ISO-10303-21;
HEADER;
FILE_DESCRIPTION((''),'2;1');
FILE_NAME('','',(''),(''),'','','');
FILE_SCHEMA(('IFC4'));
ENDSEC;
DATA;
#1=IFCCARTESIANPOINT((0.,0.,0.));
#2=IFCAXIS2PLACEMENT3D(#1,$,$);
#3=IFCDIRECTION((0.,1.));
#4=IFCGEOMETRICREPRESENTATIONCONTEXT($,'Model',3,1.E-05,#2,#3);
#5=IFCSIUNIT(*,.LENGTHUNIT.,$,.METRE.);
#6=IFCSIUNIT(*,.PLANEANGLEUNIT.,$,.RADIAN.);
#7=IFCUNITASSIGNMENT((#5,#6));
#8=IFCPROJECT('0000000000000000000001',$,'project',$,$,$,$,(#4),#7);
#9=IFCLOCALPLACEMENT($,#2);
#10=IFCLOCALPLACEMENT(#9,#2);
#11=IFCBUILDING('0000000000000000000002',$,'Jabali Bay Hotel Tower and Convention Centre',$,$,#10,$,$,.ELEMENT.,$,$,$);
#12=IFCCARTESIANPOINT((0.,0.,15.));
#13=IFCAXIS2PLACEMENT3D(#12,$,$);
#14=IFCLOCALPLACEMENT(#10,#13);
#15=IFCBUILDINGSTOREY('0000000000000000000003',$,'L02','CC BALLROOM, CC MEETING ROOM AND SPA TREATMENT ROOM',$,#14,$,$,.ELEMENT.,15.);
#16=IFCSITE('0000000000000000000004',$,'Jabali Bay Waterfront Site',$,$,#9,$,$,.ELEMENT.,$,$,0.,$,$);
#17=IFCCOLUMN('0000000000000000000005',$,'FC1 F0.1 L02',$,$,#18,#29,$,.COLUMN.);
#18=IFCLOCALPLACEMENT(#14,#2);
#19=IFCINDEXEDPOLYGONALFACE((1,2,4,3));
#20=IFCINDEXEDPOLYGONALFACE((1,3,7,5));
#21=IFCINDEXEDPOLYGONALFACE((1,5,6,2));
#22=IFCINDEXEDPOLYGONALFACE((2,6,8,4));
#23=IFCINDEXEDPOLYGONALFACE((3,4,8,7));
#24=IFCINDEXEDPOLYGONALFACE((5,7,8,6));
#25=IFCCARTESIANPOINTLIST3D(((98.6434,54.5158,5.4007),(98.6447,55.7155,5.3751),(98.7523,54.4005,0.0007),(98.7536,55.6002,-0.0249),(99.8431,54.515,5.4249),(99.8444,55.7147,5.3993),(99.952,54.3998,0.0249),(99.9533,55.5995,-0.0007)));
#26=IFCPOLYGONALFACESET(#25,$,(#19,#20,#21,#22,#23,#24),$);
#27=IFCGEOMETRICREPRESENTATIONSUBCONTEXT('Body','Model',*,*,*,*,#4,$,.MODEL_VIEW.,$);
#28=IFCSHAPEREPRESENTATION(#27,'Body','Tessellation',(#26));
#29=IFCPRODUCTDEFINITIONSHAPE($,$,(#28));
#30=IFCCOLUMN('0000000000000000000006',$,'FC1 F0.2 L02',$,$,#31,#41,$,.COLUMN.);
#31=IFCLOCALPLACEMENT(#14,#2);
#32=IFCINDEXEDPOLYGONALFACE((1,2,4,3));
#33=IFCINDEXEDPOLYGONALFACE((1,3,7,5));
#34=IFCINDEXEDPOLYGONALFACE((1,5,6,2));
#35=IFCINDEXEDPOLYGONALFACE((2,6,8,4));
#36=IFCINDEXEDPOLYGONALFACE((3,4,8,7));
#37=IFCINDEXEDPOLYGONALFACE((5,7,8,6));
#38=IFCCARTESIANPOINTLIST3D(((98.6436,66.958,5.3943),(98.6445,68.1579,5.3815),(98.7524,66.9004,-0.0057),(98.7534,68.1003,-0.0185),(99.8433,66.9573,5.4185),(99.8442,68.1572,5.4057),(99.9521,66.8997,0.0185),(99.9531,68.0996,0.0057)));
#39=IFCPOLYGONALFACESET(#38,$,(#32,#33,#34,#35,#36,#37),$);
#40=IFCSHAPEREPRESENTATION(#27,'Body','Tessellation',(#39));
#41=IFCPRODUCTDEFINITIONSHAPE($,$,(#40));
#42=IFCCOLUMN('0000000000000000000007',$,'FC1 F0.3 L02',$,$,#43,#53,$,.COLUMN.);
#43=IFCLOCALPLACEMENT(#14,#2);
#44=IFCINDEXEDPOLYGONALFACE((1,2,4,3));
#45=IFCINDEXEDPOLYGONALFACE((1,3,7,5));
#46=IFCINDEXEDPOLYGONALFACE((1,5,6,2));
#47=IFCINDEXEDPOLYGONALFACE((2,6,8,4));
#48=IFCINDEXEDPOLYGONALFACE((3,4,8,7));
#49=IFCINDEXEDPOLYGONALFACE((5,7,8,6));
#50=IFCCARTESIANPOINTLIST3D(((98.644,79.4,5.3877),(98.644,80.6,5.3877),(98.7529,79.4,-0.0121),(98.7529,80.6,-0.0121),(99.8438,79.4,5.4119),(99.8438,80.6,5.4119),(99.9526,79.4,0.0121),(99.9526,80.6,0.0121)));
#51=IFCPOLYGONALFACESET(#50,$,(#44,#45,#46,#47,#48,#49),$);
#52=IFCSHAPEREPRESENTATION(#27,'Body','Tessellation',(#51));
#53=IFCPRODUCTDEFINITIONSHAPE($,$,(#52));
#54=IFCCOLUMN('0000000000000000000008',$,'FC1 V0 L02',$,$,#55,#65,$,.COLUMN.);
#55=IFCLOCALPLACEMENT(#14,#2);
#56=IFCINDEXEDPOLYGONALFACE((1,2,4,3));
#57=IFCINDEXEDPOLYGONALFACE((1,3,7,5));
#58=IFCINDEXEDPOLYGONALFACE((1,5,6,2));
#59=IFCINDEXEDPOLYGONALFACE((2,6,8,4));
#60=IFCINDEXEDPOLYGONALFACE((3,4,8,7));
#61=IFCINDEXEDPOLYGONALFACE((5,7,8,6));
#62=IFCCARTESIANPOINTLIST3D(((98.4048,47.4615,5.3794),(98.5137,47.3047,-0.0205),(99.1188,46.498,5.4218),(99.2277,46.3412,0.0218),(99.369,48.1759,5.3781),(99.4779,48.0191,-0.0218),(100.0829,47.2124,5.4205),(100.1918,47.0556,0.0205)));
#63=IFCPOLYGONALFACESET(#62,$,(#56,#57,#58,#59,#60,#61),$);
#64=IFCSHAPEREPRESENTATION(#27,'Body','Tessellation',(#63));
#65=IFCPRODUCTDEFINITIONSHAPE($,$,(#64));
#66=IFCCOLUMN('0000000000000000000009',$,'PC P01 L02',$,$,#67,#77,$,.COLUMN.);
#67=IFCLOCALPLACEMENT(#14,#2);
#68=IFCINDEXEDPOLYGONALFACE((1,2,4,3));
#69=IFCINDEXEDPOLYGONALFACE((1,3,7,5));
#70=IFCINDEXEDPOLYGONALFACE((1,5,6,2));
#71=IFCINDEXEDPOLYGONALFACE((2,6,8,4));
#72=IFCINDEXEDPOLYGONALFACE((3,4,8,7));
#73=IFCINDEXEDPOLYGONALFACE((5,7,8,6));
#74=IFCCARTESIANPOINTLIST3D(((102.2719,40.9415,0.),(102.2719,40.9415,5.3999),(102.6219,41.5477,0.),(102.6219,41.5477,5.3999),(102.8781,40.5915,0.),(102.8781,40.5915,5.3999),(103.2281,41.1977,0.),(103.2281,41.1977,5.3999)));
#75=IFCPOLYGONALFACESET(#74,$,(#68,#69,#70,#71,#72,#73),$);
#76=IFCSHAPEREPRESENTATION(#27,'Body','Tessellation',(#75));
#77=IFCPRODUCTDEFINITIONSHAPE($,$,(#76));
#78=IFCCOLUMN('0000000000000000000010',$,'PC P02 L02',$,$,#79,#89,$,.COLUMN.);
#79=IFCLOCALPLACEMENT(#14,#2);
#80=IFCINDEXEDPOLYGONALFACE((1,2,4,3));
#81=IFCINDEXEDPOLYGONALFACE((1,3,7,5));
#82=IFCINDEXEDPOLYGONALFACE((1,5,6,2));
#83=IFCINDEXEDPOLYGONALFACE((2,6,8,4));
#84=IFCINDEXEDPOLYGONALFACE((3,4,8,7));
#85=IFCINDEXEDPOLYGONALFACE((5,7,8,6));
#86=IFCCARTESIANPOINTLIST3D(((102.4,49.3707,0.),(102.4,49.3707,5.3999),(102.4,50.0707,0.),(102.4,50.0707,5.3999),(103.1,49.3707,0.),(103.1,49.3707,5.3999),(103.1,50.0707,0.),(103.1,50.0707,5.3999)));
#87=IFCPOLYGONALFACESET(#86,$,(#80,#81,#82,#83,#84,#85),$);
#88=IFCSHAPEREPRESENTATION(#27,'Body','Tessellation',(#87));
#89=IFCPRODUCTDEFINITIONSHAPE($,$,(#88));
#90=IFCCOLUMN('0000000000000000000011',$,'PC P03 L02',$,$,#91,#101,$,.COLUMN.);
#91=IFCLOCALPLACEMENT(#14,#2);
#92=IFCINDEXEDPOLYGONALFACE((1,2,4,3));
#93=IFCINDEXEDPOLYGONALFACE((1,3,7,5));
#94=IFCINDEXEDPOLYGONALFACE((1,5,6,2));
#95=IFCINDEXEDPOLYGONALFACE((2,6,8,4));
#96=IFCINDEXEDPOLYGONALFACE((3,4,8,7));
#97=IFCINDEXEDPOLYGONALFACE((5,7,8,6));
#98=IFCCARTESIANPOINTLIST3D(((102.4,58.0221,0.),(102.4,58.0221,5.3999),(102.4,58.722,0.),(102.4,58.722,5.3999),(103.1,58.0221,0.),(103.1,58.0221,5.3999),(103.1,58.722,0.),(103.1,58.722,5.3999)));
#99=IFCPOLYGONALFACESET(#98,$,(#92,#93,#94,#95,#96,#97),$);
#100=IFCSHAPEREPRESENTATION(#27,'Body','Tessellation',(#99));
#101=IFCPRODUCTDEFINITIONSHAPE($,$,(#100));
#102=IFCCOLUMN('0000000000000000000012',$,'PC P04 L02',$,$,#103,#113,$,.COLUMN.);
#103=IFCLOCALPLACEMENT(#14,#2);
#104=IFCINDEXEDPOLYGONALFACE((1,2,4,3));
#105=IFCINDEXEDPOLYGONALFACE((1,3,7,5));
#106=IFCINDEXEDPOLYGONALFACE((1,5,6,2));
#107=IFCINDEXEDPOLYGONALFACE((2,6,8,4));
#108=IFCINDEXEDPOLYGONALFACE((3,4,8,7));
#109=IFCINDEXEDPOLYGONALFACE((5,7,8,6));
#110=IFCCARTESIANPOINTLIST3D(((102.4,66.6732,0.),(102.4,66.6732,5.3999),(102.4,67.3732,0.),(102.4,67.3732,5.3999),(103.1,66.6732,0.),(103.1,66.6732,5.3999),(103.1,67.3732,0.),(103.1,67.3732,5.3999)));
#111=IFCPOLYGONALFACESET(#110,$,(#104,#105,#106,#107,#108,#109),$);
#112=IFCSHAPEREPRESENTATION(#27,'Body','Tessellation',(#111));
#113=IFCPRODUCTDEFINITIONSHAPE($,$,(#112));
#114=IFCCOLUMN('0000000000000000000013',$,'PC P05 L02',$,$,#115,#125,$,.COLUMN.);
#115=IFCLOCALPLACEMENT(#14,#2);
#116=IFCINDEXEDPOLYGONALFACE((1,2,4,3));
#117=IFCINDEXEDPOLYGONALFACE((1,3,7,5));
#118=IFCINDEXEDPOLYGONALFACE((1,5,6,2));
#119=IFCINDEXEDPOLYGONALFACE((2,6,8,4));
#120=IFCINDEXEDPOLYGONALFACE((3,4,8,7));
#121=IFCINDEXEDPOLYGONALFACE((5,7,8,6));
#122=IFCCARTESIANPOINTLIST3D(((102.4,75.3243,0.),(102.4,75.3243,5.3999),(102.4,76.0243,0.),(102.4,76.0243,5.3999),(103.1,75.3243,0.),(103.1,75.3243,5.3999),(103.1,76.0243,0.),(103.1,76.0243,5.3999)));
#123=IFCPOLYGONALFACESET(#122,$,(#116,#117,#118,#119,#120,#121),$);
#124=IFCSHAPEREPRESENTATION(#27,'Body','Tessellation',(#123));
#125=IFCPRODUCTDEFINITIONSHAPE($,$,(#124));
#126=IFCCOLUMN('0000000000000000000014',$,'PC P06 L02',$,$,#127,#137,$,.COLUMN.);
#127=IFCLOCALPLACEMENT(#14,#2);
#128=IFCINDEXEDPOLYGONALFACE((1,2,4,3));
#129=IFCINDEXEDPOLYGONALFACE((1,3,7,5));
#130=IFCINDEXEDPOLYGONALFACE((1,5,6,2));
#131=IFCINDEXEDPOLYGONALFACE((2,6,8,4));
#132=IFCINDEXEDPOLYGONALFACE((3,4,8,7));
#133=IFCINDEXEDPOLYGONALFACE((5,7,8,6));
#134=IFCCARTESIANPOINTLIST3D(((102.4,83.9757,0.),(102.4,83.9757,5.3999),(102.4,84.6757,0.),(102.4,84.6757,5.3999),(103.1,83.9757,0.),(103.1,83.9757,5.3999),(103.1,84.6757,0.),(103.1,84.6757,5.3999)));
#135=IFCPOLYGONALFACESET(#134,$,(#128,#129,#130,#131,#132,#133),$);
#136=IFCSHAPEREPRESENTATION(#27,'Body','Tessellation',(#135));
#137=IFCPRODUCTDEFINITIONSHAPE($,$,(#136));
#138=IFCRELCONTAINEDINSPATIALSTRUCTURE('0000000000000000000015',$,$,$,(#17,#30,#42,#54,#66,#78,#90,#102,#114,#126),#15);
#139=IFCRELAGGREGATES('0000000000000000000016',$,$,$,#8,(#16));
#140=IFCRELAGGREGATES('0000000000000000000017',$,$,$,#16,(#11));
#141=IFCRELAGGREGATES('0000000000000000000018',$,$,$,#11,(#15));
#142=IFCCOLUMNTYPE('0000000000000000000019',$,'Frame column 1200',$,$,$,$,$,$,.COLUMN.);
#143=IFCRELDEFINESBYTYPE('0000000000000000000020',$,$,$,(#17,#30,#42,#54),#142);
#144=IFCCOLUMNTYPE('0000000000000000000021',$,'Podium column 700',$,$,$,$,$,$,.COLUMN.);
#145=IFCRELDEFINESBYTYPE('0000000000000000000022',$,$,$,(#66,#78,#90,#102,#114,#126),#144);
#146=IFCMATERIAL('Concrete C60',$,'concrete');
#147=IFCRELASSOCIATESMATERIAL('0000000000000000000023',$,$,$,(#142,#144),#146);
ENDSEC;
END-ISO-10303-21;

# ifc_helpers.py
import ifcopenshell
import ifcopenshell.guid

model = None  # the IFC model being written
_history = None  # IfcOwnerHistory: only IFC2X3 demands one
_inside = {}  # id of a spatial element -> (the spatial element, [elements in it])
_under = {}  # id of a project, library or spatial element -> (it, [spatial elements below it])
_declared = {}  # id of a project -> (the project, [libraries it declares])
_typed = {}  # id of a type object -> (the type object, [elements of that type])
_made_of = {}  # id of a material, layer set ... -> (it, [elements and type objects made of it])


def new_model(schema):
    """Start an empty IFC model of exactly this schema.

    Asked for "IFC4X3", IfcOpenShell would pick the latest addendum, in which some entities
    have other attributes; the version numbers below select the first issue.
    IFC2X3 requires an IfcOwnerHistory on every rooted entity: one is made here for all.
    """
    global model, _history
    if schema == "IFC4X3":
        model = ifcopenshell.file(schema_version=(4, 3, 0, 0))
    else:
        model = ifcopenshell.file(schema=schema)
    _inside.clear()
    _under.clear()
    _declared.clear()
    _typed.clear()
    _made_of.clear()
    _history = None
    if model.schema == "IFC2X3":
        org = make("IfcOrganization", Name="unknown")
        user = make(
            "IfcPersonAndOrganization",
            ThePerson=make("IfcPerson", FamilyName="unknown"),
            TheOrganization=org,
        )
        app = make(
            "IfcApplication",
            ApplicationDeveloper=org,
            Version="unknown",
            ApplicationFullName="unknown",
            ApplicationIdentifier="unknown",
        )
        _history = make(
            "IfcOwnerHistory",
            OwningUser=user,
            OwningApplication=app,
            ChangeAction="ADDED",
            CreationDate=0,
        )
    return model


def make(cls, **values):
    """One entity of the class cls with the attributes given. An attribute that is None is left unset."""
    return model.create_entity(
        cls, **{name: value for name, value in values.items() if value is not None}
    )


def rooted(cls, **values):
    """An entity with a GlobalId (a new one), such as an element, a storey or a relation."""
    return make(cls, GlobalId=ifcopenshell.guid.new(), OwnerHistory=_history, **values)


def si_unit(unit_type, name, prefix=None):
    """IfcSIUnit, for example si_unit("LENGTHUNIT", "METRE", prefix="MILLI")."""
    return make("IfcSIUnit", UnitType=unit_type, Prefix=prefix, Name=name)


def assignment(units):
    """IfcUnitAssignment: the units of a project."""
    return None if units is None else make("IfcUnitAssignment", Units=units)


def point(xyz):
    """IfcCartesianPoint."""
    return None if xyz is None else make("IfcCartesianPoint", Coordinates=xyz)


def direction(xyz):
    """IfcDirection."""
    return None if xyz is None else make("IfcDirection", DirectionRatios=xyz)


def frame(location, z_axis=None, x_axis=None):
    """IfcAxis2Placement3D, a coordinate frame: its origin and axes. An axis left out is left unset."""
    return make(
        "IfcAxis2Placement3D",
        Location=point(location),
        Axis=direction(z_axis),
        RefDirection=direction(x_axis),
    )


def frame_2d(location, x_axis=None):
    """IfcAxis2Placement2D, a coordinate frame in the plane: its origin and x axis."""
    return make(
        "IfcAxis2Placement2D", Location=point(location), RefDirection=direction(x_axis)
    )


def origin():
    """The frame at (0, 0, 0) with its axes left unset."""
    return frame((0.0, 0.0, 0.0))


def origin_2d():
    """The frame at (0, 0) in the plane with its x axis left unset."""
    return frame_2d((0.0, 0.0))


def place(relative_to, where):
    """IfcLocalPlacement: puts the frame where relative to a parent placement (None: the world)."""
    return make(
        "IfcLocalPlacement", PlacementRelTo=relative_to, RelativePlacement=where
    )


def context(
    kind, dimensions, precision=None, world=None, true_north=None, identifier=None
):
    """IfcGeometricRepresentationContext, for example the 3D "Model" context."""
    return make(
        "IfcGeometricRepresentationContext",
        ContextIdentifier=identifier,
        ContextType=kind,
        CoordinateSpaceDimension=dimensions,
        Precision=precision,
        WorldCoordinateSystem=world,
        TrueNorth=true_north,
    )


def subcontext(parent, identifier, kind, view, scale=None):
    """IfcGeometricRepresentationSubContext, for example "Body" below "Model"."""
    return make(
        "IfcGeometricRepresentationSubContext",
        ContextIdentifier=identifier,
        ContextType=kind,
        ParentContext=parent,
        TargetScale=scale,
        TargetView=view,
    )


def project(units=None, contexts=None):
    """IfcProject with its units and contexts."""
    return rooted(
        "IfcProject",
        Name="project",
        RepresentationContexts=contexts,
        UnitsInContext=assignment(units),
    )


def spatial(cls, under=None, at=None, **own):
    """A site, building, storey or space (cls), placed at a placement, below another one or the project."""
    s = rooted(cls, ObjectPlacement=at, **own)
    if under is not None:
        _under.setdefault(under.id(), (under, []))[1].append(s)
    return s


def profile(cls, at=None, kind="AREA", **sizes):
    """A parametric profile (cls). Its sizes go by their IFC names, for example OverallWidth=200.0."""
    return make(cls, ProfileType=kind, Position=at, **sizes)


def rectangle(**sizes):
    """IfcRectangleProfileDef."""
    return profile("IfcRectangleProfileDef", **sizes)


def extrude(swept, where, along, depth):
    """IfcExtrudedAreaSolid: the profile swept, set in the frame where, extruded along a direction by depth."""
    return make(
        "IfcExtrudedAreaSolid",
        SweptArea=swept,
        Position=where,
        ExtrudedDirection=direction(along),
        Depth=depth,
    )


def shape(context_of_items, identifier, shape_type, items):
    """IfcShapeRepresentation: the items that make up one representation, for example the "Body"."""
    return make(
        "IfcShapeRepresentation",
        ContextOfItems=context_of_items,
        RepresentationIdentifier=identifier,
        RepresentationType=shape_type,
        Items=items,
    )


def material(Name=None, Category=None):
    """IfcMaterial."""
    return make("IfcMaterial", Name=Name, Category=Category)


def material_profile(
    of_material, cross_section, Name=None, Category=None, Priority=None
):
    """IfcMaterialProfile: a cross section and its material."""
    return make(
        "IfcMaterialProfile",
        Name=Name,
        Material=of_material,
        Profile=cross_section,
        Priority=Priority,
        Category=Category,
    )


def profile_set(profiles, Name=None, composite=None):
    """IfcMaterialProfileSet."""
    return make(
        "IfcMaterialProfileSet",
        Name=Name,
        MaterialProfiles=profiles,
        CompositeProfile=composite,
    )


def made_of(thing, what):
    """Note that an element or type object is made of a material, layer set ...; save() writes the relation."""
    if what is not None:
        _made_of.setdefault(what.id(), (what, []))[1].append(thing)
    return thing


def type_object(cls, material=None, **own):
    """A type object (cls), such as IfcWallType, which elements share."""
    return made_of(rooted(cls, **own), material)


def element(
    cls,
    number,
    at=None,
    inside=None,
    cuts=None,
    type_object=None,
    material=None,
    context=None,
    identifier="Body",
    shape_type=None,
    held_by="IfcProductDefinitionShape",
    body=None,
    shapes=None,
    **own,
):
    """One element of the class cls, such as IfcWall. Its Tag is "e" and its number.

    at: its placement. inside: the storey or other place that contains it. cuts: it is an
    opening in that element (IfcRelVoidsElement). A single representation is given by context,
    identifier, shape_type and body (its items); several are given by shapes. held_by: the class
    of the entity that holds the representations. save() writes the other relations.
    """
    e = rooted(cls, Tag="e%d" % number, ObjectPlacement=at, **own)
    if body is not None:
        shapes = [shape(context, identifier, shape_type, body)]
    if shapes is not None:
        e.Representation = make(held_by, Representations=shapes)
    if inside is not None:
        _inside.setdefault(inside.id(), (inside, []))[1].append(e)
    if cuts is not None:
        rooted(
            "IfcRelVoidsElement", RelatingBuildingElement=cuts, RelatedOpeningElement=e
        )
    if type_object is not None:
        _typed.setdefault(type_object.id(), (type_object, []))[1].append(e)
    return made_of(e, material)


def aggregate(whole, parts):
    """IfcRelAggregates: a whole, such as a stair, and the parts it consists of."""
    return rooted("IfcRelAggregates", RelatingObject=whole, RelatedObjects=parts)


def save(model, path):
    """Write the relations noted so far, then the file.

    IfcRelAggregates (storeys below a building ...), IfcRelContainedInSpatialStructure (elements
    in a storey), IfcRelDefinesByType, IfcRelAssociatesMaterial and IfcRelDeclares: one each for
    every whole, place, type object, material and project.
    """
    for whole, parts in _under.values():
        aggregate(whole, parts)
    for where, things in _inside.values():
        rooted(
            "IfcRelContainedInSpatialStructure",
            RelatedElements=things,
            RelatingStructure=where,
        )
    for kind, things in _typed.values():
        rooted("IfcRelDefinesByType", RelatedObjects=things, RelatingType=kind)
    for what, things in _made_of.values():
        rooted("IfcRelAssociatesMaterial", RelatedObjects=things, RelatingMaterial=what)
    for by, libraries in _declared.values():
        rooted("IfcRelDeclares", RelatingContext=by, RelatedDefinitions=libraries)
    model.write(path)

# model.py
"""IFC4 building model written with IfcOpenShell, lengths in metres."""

from ifc_helpers import new_model, si_unit, direction, frame, origin, origin_2d, place, context, subcontext, project, spatial, rectangle, extrude, material, material_profile, profile_set, type_object, element, save


model = new_model("IFC4")

# Units and contexts
model_context = context("Model", 3, precision=1e-05, world=origin(), true_north=direction((0.0, 1.0)))
body_context = subcontext(model_context, "Body", "Model", "MODEL_VIEW")
ifc_project = project(units=[si_unit("LENGTHUNIT", "METRE"), si_unit("PLANEANGLEUNIT", "RADIAN")], contexts=[model_context])

# Site, building, storey
site_placement = place(None, origin())
site = spatial("IfcSite", under=ifc_project, at=site_placement, Name="Jabali Bay Waterfront Site", CompositionType="ELEMENT", RefElevation=0.0)
building_placement = place(site_placement, origin())
building = spatial("IfcBuilding", under=site, at=building_placement, Name="Jabali Bay Hotel Tower and Convention Centre", CompositionType="ELEMENT")
storey_placement = place(building_placement, frame((0.0, 0.0, 15.0)))
storey = spatial("IfcBuildingStorey", under=building, at=storey_placement, Name="L02", Description="CC BALLROOM, CC MEETING ROOM AND SPA TREATMENT ROOM", CompositionType="ELEMENT", Elevation=15.0)

# Columns
ifc_material_1 = material(Name="Concrete C60", Category="concrete")
ifc_material_profile_1 = material_profile(ifc_material_1, rectangle(XDim=1.2, YDim=1.2, at=origin_2d()), Name="Frame column 1200")
ifc_profile_set_1 = profile_set([ifc_material_profile_1], Name="Concrete C60")
column_type_1 = type_object("IfcColumnType", Name="Frame column 1200", PredefinedType="COLUMN", material=ifc_profile_set_1)
column_1_placement = place(storey_placement, frame((99.3528, 55.0, 0.0), z_axis=(-0.020156, 0.021331, 0.999569), x_axis=(-0.001061, -0.999772, 0.021314)))
element("IfcColumn", 1, at=column_1_placement, inside=storey, type_object=column_type_1, Name="FC1 F0.1 L02", PredefinedType="COLUMN", context=body_context, shape_type="SweptSolid", body=[
    extrude(rectangle(XDim=1.2, YDim=1.2, at=origin_2d()), origin(), (0.0, 0.0, 1.0), 5.4023),
])
column_2_placement = place(storey_placement, frame((99.3528, 67.5, 0.0), z_axis=(-0.020159, 0.010667, 0.99974), x_axis=(-0.000815, -0.999943, 0.010653)))
element("IfcColumn", 2, at=column_2_placement, inside=storey, type_object=column_type_1, Name="FC1 F0.2 L02", PredefinedType="COLUMN", context=body_context, shape_type="SweptSolid", body=[
    extrude(rectangle(XDim=1.2, YDim=1.2, at=origin_2d()), origin(), (0.0, 0.0, 1.0), 5.4014),
])
column_3_placement = place(storey_placement, frame((99.3528, 80.0, 0.0), z_axis=(-0.02016, 0.0, 0.999797), x_axis=(0.0, -1.0, 0.0)))
element("IfcColumn", 3, at=column_3_placement, inside=storey, type_object=column_type_1, Name="FC1 F0.3 L02", PredefinedType="COLUMN", context=body_context, shape_type="SweptSolid", body=[
    extrude(rectangle(XDim=1.2, YDim=1.2, at=origin_2d()), origin(), (0.0, 0.0, 1.0), 5.4009),
])
column_4_placement = place(storey_placement, frame((99.3528, 47.1802, 0.0), z_axis=(-0.020152, 0.029008, 0.999376), x_axis=(-0.803472, -0.595342, 0.001079)))
element("IfcColumn", 4, at=column_4_placement, inside=storey, type_object=column_type_1, Name="FC1 V0 L02", PredefinedType="COLUMN", context=body_context, shape_type="SweptSolid", body=[
    extrude(rectangle(XDim=1.2, YDim=1.2, at=origin_2d()), origin(), (0.0, 0.0, 1.0), 5.4033),
])
ifc_material_profile_2 = material_profile(ifc_material_1, rectangle(XDim=0.7, YDim=0.7, at=origin_2d()), Name="Podium column 700")
ifc_profile_set_2 = profile_set([ifc_material_profile_2], Name="Concrete C60")
column_type_2 = type_object("IfcColumnType", Name="Podium column 700", PredefinedType="COLUMN", material=ifc_profile_set_2)
for number, where, z_axis, x_axis, name in (
    (5, (102.75, 41.0696, 0.0), (0.0, 0.0, 1.0), (0.5, 0.866025, 0.0), "PC P01 L02"),
    (6, (102.75, 49.7207, 0.0), (0.0, 0.0, 1.0), (1.0, 0.0, 0.0), "PC P02 L02"),
    (7, (102.75, 58.3721, 0.0), (0.0, 0.0, 1.0), (1.0, 0.0, 0.0), "PC P03 L02"),
    (8, (102.75, 67.0232, 0.0), (0.0, 0.0, 1.0), (1.0, 0.0, 0.0), "PC P04 L02"),
    (9, (102.75, 75.6743, 0.0), (0.0, 0.0, 1.0), (1.0, 0.0, 0.0), "PC P05 L02"),
    (10, (102.75, 84.3257, 0.0), (0.0, 0.0, 1.0), (1.0, 0.0, 0.0), "PC P06 L02"),
):
    element("IfcColumn", number, at=place(storey_placement, frame(where, z_axis=z_axis, x_axis=x_axis)), inside=storey, type_object=column_type_2, Name=name, PredefinedType="COLUMN", context=body_context, shape_type="SweptSolid", body=[
        extrude(rectangle(XDim=0.7, YDim=0.7, at=origin_2d()), origin(), (0.0, 0.0, 1.0), 5.3999),
    ])

save(model, "model.ifc")
